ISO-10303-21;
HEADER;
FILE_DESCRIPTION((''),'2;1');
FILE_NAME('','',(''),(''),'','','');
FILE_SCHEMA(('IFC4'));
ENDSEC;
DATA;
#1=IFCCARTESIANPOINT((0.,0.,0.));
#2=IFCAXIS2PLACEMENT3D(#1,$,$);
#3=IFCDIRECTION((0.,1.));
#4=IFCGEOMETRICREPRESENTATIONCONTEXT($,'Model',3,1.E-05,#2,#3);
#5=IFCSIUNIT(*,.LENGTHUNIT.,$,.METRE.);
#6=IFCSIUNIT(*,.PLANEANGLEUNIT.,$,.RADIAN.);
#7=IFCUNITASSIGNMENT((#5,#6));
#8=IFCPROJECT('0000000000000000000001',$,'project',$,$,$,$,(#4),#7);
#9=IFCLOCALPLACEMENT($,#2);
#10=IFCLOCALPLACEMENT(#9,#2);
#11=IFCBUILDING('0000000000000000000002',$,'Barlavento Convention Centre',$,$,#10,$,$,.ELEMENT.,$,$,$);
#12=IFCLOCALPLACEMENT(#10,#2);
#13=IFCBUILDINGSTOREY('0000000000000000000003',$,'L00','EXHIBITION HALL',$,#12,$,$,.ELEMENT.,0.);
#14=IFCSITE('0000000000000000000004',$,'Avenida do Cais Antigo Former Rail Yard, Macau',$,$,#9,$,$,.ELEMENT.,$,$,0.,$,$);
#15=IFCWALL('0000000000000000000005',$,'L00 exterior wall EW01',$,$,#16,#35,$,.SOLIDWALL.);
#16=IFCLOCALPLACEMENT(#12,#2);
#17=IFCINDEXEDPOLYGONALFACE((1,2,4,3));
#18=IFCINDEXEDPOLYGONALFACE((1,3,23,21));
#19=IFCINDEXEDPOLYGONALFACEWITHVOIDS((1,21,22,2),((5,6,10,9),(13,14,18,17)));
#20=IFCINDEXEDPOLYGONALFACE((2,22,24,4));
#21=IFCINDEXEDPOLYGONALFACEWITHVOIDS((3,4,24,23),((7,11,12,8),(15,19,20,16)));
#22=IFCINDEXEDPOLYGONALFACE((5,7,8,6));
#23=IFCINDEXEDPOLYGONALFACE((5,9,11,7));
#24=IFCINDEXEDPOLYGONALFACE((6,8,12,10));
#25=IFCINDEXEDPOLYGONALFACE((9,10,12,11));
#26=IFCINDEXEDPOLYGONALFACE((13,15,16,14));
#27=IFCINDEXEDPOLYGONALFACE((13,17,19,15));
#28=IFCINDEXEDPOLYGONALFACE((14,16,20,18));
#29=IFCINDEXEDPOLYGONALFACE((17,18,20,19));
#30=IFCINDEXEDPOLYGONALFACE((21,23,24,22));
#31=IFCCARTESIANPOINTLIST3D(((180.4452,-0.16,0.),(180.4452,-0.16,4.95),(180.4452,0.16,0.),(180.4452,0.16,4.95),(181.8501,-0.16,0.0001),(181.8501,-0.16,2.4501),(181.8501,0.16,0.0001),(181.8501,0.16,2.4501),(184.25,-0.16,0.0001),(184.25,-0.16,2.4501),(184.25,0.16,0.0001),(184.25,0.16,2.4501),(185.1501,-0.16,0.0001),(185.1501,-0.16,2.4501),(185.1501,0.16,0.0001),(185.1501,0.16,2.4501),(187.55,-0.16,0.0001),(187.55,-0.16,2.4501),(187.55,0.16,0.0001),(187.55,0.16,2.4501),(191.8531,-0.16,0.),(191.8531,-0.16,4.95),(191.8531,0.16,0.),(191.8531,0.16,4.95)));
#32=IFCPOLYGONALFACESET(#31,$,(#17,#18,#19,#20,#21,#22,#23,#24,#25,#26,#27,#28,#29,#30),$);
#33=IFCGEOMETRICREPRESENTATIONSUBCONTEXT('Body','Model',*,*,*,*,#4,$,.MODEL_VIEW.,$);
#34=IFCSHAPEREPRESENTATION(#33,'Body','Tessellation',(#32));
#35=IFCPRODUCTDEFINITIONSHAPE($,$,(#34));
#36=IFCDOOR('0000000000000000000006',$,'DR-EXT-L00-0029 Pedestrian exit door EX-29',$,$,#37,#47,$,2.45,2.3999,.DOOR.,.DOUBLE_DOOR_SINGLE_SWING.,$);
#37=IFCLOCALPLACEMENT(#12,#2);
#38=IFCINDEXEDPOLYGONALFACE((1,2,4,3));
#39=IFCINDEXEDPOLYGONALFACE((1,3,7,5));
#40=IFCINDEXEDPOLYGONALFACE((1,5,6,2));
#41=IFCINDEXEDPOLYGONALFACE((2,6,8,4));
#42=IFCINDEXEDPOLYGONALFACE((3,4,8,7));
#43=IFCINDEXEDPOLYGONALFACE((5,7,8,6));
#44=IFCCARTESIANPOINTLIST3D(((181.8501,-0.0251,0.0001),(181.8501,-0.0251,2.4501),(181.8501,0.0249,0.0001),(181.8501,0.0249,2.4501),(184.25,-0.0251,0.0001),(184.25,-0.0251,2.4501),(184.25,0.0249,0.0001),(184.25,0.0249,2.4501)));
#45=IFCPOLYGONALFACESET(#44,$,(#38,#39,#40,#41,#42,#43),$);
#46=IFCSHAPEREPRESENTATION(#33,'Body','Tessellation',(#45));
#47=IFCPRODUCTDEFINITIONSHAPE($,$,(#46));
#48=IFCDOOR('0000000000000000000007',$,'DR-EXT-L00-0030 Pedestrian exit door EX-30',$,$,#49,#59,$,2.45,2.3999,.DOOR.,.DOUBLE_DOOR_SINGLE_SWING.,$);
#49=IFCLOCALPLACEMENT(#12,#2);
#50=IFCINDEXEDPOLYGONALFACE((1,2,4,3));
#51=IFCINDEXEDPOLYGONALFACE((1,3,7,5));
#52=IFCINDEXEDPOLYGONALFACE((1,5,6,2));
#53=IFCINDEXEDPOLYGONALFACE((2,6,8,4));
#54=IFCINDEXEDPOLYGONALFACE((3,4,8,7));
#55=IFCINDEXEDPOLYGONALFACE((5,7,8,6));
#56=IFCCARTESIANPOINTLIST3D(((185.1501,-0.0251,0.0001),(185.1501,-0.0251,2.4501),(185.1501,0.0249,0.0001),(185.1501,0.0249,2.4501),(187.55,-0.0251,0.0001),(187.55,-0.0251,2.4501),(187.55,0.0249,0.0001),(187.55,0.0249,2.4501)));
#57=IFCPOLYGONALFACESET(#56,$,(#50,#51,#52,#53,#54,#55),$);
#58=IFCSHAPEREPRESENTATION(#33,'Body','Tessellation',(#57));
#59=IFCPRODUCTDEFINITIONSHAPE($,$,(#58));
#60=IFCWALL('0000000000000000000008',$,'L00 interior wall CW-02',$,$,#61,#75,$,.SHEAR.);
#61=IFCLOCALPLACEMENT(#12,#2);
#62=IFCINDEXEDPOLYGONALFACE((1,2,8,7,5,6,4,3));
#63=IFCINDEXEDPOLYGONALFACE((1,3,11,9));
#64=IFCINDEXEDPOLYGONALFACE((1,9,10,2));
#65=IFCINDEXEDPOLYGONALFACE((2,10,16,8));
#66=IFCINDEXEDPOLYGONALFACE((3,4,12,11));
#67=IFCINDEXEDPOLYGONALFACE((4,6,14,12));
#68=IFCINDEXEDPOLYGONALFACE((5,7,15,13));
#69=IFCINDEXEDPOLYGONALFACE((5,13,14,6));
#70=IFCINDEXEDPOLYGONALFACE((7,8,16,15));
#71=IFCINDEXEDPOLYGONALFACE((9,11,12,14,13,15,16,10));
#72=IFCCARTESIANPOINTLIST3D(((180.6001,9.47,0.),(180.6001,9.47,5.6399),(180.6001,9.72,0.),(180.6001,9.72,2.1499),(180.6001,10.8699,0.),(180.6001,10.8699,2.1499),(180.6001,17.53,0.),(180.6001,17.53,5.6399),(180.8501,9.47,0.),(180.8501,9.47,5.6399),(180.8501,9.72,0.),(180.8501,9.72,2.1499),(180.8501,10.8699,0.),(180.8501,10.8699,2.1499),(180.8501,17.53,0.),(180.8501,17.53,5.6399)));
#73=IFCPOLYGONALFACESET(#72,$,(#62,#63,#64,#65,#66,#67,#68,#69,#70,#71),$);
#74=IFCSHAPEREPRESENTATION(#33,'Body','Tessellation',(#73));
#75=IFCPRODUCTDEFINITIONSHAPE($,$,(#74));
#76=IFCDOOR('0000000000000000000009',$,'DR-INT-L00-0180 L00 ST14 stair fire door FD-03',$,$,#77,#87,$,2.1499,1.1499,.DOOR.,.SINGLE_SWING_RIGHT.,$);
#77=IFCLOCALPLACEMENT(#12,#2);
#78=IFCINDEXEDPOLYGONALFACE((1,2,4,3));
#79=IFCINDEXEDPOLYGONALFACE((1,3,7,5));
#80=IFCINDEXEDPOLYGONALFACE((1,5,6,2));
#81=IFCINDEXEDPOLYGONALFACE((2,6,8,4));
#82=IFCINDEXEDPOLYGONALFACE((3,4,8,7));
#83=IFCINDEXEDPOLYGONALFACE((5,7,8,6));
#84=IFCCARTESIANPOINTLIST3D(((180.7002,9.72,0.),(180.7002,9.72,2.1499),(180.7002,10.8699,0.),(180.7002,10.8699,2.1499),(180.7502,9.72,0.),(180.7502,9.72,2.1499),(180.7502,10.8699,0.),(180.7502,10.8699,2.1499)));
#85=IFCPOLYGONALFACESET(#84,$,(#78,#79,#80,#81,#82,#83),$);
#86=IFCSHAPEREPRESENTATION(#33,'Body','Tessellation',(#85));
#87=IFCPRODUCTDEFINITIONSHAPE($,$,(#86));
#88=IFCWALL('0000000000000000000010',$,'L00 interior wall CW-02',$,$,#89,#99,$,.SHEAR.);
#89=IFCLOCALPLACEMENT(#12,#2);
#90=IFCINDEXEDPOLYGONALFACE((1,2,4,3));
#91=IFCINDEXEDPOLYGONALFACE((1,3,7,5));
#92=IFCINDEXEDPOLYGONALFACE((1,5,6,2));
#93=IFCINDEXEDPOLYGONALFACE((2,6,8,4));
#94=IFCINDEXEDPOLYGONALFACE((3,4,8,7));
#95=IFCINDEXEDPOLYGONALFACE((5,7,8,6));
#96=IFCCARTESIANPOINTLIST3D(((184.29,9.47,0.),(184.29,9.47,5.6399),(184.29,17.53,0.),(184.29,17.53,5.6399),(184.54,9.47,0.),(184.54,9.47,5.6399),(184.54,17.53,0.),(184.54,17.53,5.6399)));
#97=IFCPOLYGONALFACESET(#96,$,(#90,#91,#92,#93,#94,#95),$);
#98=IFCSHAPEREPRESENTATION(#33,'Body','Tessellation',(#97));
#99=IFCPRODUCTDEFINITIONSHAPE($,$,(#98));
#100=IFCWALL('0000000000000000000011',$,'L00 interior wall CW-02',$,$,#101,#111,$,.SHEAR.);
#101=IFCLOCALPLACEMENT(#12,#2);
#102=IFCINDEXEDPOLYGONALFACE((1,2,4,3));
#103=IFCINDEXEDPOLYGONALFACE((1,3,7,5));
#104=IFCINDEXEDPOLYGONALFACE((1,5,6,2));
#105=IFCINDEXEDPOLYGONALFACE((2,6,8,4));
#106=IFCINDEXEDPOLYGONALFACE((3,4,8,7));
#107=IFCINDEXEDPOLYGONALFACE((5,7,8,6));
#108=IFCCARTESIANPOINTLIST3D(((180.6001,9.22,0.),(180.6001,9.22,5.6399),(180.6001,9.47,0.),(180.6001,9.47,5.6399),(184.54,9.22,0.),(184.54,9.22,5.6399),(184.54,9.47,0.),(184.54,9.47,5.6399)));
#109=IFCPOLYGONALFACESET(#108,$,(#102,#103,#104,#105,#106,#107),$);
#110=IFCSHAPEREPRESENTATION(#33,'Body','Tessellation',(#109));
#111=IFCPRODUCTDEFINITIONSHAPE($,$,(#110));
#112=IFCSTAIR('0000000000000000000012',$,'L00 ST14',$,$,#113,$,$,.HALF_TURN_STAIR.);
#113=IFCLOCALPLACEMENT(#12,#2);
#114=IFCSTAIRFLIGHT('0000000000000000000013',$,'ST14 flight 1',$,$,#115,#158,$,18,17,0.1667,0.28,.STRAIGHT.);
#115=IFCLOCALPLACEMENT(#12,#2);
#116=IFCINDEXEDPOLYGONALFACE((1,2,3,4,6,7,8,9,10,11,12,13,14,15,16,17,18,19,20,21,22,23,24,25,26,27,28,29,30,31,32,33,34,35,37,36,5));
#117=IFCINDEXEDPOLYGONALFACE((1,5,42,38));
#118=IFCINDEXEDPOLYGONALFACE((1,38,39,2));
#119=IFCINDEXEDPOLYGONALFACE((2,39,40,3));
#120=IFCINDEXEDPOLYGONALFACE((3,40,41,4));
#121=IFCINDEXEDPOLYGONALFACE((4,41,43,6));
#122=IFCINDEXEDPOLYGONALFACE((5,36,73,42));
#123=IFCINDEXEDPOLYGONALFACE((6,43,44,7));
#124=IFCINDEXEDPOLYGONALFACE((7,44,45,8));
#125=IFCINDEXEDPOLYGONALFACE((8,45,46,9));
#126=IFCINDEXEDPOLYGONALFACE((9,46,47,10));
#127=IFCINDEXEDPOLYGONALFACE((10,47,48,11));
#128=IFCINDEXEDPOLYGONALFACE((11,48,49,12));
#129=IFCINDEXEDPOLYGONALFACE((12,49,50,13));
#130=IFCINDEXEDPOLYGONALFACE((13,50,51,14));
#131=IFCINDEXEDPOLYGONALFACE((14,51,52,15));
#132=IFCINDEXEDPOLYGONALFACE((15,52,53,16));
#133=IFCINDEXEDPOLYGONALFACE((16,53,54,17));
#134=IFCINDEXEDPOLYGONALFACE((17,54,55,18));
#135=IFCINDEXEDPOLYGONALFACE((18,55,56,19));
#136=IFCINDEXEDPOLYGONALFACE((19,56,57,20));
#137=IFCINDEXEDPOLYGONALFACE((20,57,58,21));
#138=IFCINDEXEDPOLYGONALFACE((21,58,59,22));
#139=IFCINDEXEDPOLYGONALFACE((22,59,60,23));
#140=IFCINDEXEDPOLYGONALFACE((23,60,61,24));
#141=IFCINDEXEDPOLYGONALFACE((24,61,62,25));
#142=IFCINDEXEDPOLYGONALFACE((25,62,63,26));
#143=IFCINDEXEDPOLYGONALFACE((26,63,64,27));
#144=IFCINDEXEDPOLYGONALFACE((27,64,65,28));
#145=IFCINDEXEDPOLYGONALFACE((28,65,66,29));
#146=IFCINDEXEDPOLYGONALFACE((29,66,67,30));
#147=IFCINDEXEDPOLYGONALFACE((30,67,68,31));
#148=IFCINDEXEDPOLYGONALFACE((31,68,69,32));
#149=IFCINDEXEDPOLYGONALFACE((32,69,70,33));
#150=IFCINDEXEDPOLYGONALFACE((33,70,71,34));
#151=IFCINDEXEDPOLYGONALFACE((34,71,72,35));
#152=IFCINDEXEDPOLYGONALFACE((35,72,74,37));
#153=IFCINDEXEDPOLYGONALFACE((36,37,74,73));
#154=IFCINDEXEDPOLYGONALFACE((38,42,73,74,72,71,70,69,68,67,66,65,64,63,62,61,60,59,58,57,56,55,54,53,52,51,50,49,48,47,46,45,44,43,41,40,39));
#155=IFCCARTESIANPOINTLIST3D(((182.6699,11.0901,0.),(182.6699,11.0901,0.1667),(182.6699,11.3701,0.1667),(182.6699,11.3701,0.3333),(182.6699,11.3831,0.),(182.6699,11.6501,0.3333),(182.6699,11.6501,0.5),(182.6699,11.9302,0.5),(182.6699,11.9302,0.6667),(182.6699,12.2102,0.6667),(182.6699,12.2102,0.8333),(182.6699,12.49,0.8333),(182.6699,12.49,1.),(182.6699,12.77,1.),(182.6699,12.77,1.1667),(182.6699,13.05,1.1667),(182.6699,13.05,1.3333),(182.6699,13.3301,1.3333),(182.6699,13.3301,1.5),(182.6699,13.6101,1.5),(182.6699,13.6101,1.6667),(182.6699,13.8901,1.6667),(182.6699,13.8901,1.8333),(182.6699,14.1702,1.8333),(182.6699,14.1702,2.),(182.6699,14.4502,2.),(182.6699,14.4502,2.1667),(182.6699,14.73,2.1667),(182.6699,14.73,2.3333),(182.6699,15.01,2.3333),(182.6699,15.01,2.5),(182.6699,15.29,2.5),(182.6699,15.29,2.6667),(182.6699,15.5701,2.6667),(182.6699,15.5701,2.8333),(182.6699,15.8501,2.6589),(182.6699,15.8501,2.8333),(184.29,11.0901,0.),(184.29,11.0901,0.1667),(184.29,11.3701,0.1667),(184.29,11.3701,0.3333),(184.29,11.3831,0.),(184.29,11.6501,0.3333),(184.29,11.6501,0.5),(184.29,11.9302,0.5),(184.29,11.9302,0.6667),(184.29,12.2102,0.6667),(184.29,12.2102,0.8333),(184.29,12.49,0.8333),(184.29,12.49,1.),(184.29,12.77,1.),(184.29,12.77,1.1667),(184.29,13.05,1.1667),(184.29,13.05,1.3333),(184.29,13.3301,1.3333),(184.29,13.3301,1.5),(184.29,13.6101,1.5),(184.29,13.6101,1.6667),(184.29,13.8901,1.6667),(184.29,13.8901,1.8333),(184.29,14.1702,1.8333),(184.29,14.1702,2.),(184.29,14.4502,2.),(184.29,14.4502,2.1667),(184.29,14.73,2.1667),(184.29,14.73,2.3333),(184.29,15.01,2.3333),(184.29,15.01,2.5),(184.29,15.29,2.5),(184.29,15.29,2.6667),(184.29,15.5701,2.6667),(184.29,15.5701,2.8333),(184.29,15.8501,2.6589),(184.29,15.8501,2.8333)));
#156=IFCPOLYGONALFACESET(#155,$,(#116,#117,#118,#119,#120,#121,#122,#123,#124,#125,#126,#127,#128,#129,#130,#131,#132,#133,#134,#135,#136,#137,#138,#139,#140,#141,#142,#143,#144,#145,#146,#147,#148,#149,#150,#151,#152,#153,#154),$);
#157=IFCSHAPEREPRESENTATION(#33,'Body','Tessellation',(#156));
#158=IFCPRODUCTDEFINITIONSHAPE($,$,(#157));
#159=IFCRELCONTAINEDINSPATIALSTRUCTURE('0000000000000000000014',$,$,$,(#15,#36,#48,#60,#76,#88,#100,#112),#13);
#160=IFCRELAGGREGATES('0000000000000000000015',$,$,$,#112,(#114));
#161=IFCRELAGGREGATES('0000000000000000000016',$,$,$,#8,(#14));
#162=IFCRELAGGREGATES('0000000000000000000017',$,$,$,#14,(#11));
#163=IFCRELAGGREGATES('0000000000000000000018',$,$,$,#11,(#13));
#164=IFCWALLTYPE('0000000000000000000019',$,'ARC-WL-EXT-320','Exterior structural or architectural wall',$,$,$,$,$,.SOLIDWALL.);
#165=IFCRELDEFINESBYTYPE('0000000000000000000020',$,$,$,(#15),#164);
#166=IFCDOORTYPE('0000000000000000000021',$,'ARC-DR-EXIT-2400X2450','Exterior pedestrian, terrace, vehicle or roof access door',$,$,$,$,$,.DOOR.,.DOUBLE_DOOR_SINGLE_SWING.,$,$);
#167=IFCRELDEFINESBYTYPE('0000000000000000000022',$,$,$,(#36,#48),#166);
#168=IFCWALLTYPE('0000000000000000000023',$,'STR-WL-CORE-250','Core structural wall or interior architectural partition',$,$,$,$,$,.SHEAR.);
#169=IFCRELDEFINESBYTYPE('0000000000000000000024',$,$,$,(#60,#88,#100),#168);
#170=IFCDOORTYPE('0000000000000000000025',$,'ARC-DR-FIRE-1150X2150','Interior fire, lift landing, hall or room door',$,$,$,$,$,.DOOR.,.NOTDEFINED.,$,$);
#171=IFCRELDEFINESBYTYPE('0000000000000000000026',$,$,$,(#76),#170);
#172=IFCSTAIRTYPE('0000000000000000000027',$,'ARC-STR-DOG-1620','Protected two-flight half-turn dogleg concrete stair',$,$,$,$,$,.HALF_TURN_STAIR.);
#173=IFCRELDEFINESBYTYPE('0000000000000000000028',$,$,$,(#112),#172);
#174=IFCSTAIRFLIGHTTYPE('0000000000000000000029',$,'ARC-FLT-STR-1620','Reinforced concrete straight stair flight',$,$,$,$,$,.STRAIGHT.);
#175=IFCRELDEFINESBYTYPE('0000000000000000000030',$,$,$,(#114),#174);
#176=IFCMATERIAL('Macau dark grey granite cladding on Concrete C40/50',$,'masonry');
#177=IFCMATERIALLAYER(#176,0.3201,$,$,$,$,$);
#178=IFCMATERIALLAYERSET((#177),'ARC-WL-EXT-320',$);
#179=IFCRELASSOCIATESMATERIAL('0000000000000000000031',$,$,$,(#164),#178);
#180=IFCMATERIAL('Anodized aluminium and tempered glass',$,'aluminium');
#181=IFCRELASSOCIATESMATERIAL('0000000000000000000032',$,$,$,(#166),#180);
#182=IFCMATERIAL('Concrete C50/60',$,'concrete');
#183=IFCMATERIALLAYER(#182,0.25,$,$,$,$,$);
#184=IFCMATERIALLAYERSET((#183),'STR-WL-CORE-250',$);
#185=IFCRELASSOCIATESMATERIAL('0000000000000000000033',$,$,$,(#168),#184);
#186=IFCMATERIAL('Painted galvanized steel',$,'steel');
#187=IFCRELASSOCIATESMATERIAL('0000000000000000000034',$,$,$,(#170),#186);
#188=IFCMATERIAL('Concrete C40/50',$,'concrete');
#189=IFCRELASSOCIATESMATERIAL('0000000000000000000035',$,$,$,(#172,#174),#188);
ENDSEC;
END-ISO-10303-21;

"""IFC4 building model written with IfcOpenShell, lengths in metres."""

from ifc_helpers import new_model, si_unit, direction, frame, frame_2d, origin, place, context, subcontext, project, spatial, polyline, rectangle, outline, extrude, material, layer, layer_set, type_object, element, fill, aggregate, save


model = new_model("IFC4")

# Units and contexts
model_context = context("Model", 3, precision=1e-05, world=origin(), true_north=direction((0.0, 1.0)))
body_context = subcontext(model_context, "Body", "Model", "MODEL_VIEW")
ifc_project = project(units=[si_unit("LENGTHUNIT", "METRE"), si_unit("PLANEANGLEUNIT", "RADIAN")], contexts=[model_context])

# Site, building, storey
site_placement = place(None, origin())
site = spatial("IfcSite", under=ifc_project, at=site_placement, Name="Avenida do Cais Antigo Former Rail Yard, Macau", CompositionType="ELEMENT", RefElevation=0.0)
building_placement = place(site_placement, origin())
building = spatial("IfcBuilding", under=site, at=building_placement, Name="Barlavento Convention Centre", CompositionType="ELEMENT")
storey_placement = place(building_placement, origin())
storey = spatial("IfcBuildingStorey", under=building, at=storey_placement, Name="L00", Description="EXHIBITION HALL", CompositionType="ELEMENT", Elevation=0.0)

# Shared definitions
ifc_material_1 = material(Name="Concrete C40/50", Category="concrete")

# Shared definitions
ifc_material_2 = material(Name="Anodized aluminium and tempered glass", Category="aluminium")
ifc_material_3 = material(Name="Painted galvanized steel", Category="steel")

# Wall, openings, doors
ifc_material_4 = material(Name="Macau dark grey granite cladding on Concrete C40/50", Category="masonry")
ifc_layer_1 = layer(ifc_material_4, 0.3201)
ifc_layer_set_1 = layer_set([ifc_layer_1], Name="ARC-WL-EXT-320")
wall_type_1 = type_object("IfcWallType", Name="ARC-WL-EXT-320", Description="Exterior structural or architectural wall", PredefinedType="SOLIDWALL", material=ifc_layer_set_1)
wall_1_placement = place(storey_placement, frame((180.4451, 0.0, 0.0), z_axis=(0.0, 0.0, 1.0), x_axis=(1.0, 0.0, 0.0)))
wall_1 = element("IfcWall", 1, at=wall_1_placement, inside=storey, type_object=wall_type_1, Name="L00 exterior wall EW01", PredefinedType="SOLIDWALL", context=body_context, shape_type="SweptSolid", body=[
    extrude(rectangle(XDim=11.408, YDim=0.3201, at=frame_2d((5.7041, 0.0))), origin(), (0.0, 0.0, 1.0), 4.95),
])
opening_1_placement = place(wall_1_placement, frame((1.405, 0.0, 0.0)))
opening_1 = element("IfcOpeningElement", 2, at=opening_1_placement, cuts=wall_1, PredefinedType="OPENING", context=body_context, shape_type="SweptSolid", body=[
    extrude(rectangle(XDim=2.3999, YDim=2.45, at=frame_2d((1.2, 1.2251))), frame((0.0, 0.1699, 0.0), z_axis=(0.0, -1.0, 0.0), x_axis=(1.0, 0.0, 0.0)), (0.0, 0.0, 1.0), 0.3401),
])
opening_2_placement = place(wall_1_placement, frame((4.7051, 0.0, 0.0)))
opening_2 = element("IfcOpeningElement", 3, at=opening_2_placement, cuts=wall_1, PredefinedType="OPENING", context=body_context, shape_type="SweptSolid", body=[
    extrude(rectangle(XDim=2.3999, YDim=2.45, at=frame_2d((1.2, 1.2251))), frame((0.0, 0.1699, 0.0), z_axis=(0.0, -1.0, 0.0), x_axis=(1.0, 0.0, 0.0)), (0.0, 0.0, 1.0), 0.3401),
])
door_type_1 = type_object("IfcDoorType", Name="ARC-DR-EXIT-2400X2450", Description="Exterior pedestrian, terrace, vehicle or roof access door", OperationType="DOUBLE_DOOR_SINGLE_SWING", PredefinedType="DOOR", material=ifc_material_2)
door_1_placement = place(opening_1_placement, origin())
door_1 = element("IfcDoor", 4, at=door_1_placement, inside=storey, type_object=door_type_1, Name="DR-EXT-L00-0029 Pedestrian exit door EX-29", OperationType="DOUBLE_DOOR_SINGLE_SWING", OverallHeight=2.45, OverallWidth=2.3999, PredefinedType="DOOR", context=body_context, shape_type="SweptSolid", body=[
    extrude(rectangle(XDim=2.3999, YDim=2.45, at=frame_2d((1.2, 1.2251))), frame((0.0, 0.0249, 0.0), z_axis=(0.0, -1.0, 0.0), x_axis=(1.0, 0.0, 0.0)), (0.0, 0.0, 1.0), 0.05),
])
fill(opening_1, door_1)
door_2_placement = place(opening_2_placement, origin())
door_2 = element("IfcDoor", 5, at=door_2_placement, inside=storey, type_object=door_type_1, Name="DR-EXT-L00-0030 Pedestrian exit door EX-30", OperationType="DOUBLE_DOOR_SINGLE_SWING", OverallHeight=2.45, OverallWidth=2.3999, PredefinedType="DOOR", context=body_context, shape_type="SweptSolid", body=[
    extrude(rectangle(XDim=2.3999, YDim=2.45, at=frame_2d((1.2, 1.2251))), frame((0.0, 0.0249, 0.0), z_axis=(0.0, -1.0, 0.0), x_axis=(1.0, 0.0, 0.0)), (0.0, 0.0, 1.0), 0.05),
])
fill(opening_2, door_2)

# Wall, opening, door
ifc_material_5 = material(Name="Concrete C50/60", Category="concrete")
ifc_layer_2 = layer(ifc_material_5, 0.25)
ifc_layer_set_2 = layer_set([ifc_layer_2], Name="STR-WL-CORE-250")
wall_type_2 = type_object("IfcWallType", Name="STR-WL-CORE-250", Description="Core structural wall or interior architectural partition", PredefinedType="SHEAR", material=ifc_layer_set_2)
wall_2_placement = place(storey_placement, frame((180.7251, 9.47, 0.0), z_axis=(0.0, 0.0, 1.0), x_axis=(0.0, 1.0, 0.0)))
wall_2 = element("IfcWall", 6, at=wall_2_placement, inside=storey, type_object=wall_type_2, Name="L00 interior wall CW-02", PredefinedType="SHEAR", context=body_context, shape_type="SweptSolid", body=[
    extrude(rectangle(XDim=8.0601, YDim=0.25, at=frame_2d((4.03, 0.0))), origin(), (0.0, 0.0, 1.0), 5.6399),
])
opening_3_placement = place(wall_2_placement, frame((0.25, 0.0, 0.0)))
opening_3 = element("IfcOpeningElement", 7, at=opening_3_placement, cuts=wall_2, PredefinedType="OPENING", context=body_context, shape_type="SweptSolid", body=[
    extrude(rectangle(XDim=1.1499, YDim=2.1499, at=frame_2d((0.575, 1.075))), frame((0.0, 0.135, 0.0), z_axis=(0.0, -1.0, 0.0), x_axis=(1.0, 0.0, 0.0)), (0.0, 0.0, 1.0), 0.27),
])
door_type_2 = type_object("IfcDoorType", Name="ARC-DR-FIRE-1150X2150", Description="Interior fire, lift landing, hall or room door", OperationType="NOTDEFINED", PredefinedType="DOOR", material=ifc_material_3)
door_3_placement = place(opening_3_placement, origin())
door_3 = element("IfcDoor", 8, at=door_3_placement, inside=storey, type_object=door_type_2, Name="DR-INT-L00-0180 L00 ST14 stair fire door FD-03", OperationType="SINGLE_SWING_RIGHT", OverallHeight=2.1499, OverallWidth=1.1499, PredefinedType="DOOR", context=body_context, shape_type="SweptSolid", body=[
    extrude(rectangle(XDim=1.1499, YDim=2.1499, at=frame_2d((0.575, 1.075))), frame((0.0, 0.0249, 0.0), z_axis=(0.0, -1.0, 0.0), x_axis=(1.0, 0.0, 0.0)), (0.0, 0.0, 1.0), 0.05),
])
fill(opening_3, door_3)

# Walls
wall_3_placement = place(storey_placement, frame((184.415, 9.47, 0.0), z_axis=(0.0, 0.0, 1.0), x_axis=(0.0, 1.0, 0.0)))
element("IfcWall", 9, at=wall_3_placement, inside=storey, type_object=wall_type_2, Name="L00 interior wall CW-02", PredefinedType="SHEAR", context=body_context, shape_type="SweptSolid", body=[
    extrude(rectangle(XDim=8.0601, YDim=0.25, at=frame_2d((4.03, 0.0))), origin(), (0.0, 0.0, 1.0), 5.6399),
])
wall_4_placement = place(storey_placement, frame((180.6001, 9.345, 0.0), z_axis=(0.0, 0.0, 1.0), x_axis=(1.0, 0.0, 0.0)))
element("IfcWall", 10, at=wall_4_placement, inside=storey, type_object=wall_type_2, Name="L00 interior wall CW-02", PredefinedType="SHEAR", context=body_context, shape_type="SweptSolid", body=[
    extrude(rectangle(XDim=3.9399, YDim=0.25, at=frame_2d((1.97, 0.0))), origin(), (0.0, 0.0, 1.0), 5.6399),
])

# Stair, stair flight
stair_type = type_object("IfcStairType", Name="ARC-STR-DOG-1620", Description="Protected two-flight half-turn dogleg concrete stair", PredefinedType="HALF_TURN_STAIR", material=ifc_material_1)
stair_placement = place(storey_placement, origin())
stair = element("IfcStair", 11, at=stair_placement, inside=storey, type_object=stair_type, Name="L00 ST14", PredefinedType="HALF_TURN_STAIR")
stair_flight_type = type_object("IfcStairFlightType", Name="ARC-FLT-STR-1620", Description="Reinforced concrete straight stair flight", PredefinedType="STRAIGHT", material=ifc_material_1)
stair_flight_1_placement = place(storey_placement, frame((183.48, 11.0901, 0.0), z_axis=(0.0, 0.0, 1.0), x_axis=(0.0, 1.0, 0.0)))
stair_flight_1 = element("IfcStairFlight", 12, at=stair_flight_1_placement, type_object=stair_flight_type, Name="ST14 flight 1", NumberOfRisers=18, NumberOfTreads=17, PredefinedType="STRAIGHT", RiserHeight=0.1667, TreadLength=0.28, context=body_context, shape_type="SweptSolid", body=[
    extrude(outline(polyline([(0.0, 0.0), (0.0, 0.1667), (0.28, 0.1667), (0.28, 0.3333), (0.5601, 0.3333), (0.5601, 0.5), (0.8401, 0.5), (0.8401, 0.6667), (1.1201, 0.6667), (1.1201, 0.8333), (1.3999, 0.8333), (1.3999, 1.0), (1.6799, 1.0), (1.6799, 1.1667), (1.96, 1.1667), (1.96, 1.3333), (2.24, 1.3333), (2.24, 1.5), (2.52, 1.5), (2.52, 1.6667), (2.8, 1.6667), (2.8, 1.8333), (3.0801, 1.8333), (3.0801, 2.0), (3.3601, 2.0), (3.3601, 2.1667), (3.6399, 2.1667), (3.6399, 2.3333), (3.9199, 2.3333), (3.9199, 2.5), (4.2, 2.5), (4.2, 2.6667), (4.48, 2.6667), (4.48, 2.8333), (4.76, 2.8333), (4.76, 3.0), (4.76, 2.6589), (0.293, 0.0), (0.0, 0.0)])), frame((0.0, 0.8101, 0.0), z_axis=(0.0, -1.0, 0.0), x_axis=(1.0, 0.0, 0.0)), (0.0, 0.0, 1.0), 1.6201),
])
aggregate(stair, [stair_flight_1])

save(model, "model.ifc")
